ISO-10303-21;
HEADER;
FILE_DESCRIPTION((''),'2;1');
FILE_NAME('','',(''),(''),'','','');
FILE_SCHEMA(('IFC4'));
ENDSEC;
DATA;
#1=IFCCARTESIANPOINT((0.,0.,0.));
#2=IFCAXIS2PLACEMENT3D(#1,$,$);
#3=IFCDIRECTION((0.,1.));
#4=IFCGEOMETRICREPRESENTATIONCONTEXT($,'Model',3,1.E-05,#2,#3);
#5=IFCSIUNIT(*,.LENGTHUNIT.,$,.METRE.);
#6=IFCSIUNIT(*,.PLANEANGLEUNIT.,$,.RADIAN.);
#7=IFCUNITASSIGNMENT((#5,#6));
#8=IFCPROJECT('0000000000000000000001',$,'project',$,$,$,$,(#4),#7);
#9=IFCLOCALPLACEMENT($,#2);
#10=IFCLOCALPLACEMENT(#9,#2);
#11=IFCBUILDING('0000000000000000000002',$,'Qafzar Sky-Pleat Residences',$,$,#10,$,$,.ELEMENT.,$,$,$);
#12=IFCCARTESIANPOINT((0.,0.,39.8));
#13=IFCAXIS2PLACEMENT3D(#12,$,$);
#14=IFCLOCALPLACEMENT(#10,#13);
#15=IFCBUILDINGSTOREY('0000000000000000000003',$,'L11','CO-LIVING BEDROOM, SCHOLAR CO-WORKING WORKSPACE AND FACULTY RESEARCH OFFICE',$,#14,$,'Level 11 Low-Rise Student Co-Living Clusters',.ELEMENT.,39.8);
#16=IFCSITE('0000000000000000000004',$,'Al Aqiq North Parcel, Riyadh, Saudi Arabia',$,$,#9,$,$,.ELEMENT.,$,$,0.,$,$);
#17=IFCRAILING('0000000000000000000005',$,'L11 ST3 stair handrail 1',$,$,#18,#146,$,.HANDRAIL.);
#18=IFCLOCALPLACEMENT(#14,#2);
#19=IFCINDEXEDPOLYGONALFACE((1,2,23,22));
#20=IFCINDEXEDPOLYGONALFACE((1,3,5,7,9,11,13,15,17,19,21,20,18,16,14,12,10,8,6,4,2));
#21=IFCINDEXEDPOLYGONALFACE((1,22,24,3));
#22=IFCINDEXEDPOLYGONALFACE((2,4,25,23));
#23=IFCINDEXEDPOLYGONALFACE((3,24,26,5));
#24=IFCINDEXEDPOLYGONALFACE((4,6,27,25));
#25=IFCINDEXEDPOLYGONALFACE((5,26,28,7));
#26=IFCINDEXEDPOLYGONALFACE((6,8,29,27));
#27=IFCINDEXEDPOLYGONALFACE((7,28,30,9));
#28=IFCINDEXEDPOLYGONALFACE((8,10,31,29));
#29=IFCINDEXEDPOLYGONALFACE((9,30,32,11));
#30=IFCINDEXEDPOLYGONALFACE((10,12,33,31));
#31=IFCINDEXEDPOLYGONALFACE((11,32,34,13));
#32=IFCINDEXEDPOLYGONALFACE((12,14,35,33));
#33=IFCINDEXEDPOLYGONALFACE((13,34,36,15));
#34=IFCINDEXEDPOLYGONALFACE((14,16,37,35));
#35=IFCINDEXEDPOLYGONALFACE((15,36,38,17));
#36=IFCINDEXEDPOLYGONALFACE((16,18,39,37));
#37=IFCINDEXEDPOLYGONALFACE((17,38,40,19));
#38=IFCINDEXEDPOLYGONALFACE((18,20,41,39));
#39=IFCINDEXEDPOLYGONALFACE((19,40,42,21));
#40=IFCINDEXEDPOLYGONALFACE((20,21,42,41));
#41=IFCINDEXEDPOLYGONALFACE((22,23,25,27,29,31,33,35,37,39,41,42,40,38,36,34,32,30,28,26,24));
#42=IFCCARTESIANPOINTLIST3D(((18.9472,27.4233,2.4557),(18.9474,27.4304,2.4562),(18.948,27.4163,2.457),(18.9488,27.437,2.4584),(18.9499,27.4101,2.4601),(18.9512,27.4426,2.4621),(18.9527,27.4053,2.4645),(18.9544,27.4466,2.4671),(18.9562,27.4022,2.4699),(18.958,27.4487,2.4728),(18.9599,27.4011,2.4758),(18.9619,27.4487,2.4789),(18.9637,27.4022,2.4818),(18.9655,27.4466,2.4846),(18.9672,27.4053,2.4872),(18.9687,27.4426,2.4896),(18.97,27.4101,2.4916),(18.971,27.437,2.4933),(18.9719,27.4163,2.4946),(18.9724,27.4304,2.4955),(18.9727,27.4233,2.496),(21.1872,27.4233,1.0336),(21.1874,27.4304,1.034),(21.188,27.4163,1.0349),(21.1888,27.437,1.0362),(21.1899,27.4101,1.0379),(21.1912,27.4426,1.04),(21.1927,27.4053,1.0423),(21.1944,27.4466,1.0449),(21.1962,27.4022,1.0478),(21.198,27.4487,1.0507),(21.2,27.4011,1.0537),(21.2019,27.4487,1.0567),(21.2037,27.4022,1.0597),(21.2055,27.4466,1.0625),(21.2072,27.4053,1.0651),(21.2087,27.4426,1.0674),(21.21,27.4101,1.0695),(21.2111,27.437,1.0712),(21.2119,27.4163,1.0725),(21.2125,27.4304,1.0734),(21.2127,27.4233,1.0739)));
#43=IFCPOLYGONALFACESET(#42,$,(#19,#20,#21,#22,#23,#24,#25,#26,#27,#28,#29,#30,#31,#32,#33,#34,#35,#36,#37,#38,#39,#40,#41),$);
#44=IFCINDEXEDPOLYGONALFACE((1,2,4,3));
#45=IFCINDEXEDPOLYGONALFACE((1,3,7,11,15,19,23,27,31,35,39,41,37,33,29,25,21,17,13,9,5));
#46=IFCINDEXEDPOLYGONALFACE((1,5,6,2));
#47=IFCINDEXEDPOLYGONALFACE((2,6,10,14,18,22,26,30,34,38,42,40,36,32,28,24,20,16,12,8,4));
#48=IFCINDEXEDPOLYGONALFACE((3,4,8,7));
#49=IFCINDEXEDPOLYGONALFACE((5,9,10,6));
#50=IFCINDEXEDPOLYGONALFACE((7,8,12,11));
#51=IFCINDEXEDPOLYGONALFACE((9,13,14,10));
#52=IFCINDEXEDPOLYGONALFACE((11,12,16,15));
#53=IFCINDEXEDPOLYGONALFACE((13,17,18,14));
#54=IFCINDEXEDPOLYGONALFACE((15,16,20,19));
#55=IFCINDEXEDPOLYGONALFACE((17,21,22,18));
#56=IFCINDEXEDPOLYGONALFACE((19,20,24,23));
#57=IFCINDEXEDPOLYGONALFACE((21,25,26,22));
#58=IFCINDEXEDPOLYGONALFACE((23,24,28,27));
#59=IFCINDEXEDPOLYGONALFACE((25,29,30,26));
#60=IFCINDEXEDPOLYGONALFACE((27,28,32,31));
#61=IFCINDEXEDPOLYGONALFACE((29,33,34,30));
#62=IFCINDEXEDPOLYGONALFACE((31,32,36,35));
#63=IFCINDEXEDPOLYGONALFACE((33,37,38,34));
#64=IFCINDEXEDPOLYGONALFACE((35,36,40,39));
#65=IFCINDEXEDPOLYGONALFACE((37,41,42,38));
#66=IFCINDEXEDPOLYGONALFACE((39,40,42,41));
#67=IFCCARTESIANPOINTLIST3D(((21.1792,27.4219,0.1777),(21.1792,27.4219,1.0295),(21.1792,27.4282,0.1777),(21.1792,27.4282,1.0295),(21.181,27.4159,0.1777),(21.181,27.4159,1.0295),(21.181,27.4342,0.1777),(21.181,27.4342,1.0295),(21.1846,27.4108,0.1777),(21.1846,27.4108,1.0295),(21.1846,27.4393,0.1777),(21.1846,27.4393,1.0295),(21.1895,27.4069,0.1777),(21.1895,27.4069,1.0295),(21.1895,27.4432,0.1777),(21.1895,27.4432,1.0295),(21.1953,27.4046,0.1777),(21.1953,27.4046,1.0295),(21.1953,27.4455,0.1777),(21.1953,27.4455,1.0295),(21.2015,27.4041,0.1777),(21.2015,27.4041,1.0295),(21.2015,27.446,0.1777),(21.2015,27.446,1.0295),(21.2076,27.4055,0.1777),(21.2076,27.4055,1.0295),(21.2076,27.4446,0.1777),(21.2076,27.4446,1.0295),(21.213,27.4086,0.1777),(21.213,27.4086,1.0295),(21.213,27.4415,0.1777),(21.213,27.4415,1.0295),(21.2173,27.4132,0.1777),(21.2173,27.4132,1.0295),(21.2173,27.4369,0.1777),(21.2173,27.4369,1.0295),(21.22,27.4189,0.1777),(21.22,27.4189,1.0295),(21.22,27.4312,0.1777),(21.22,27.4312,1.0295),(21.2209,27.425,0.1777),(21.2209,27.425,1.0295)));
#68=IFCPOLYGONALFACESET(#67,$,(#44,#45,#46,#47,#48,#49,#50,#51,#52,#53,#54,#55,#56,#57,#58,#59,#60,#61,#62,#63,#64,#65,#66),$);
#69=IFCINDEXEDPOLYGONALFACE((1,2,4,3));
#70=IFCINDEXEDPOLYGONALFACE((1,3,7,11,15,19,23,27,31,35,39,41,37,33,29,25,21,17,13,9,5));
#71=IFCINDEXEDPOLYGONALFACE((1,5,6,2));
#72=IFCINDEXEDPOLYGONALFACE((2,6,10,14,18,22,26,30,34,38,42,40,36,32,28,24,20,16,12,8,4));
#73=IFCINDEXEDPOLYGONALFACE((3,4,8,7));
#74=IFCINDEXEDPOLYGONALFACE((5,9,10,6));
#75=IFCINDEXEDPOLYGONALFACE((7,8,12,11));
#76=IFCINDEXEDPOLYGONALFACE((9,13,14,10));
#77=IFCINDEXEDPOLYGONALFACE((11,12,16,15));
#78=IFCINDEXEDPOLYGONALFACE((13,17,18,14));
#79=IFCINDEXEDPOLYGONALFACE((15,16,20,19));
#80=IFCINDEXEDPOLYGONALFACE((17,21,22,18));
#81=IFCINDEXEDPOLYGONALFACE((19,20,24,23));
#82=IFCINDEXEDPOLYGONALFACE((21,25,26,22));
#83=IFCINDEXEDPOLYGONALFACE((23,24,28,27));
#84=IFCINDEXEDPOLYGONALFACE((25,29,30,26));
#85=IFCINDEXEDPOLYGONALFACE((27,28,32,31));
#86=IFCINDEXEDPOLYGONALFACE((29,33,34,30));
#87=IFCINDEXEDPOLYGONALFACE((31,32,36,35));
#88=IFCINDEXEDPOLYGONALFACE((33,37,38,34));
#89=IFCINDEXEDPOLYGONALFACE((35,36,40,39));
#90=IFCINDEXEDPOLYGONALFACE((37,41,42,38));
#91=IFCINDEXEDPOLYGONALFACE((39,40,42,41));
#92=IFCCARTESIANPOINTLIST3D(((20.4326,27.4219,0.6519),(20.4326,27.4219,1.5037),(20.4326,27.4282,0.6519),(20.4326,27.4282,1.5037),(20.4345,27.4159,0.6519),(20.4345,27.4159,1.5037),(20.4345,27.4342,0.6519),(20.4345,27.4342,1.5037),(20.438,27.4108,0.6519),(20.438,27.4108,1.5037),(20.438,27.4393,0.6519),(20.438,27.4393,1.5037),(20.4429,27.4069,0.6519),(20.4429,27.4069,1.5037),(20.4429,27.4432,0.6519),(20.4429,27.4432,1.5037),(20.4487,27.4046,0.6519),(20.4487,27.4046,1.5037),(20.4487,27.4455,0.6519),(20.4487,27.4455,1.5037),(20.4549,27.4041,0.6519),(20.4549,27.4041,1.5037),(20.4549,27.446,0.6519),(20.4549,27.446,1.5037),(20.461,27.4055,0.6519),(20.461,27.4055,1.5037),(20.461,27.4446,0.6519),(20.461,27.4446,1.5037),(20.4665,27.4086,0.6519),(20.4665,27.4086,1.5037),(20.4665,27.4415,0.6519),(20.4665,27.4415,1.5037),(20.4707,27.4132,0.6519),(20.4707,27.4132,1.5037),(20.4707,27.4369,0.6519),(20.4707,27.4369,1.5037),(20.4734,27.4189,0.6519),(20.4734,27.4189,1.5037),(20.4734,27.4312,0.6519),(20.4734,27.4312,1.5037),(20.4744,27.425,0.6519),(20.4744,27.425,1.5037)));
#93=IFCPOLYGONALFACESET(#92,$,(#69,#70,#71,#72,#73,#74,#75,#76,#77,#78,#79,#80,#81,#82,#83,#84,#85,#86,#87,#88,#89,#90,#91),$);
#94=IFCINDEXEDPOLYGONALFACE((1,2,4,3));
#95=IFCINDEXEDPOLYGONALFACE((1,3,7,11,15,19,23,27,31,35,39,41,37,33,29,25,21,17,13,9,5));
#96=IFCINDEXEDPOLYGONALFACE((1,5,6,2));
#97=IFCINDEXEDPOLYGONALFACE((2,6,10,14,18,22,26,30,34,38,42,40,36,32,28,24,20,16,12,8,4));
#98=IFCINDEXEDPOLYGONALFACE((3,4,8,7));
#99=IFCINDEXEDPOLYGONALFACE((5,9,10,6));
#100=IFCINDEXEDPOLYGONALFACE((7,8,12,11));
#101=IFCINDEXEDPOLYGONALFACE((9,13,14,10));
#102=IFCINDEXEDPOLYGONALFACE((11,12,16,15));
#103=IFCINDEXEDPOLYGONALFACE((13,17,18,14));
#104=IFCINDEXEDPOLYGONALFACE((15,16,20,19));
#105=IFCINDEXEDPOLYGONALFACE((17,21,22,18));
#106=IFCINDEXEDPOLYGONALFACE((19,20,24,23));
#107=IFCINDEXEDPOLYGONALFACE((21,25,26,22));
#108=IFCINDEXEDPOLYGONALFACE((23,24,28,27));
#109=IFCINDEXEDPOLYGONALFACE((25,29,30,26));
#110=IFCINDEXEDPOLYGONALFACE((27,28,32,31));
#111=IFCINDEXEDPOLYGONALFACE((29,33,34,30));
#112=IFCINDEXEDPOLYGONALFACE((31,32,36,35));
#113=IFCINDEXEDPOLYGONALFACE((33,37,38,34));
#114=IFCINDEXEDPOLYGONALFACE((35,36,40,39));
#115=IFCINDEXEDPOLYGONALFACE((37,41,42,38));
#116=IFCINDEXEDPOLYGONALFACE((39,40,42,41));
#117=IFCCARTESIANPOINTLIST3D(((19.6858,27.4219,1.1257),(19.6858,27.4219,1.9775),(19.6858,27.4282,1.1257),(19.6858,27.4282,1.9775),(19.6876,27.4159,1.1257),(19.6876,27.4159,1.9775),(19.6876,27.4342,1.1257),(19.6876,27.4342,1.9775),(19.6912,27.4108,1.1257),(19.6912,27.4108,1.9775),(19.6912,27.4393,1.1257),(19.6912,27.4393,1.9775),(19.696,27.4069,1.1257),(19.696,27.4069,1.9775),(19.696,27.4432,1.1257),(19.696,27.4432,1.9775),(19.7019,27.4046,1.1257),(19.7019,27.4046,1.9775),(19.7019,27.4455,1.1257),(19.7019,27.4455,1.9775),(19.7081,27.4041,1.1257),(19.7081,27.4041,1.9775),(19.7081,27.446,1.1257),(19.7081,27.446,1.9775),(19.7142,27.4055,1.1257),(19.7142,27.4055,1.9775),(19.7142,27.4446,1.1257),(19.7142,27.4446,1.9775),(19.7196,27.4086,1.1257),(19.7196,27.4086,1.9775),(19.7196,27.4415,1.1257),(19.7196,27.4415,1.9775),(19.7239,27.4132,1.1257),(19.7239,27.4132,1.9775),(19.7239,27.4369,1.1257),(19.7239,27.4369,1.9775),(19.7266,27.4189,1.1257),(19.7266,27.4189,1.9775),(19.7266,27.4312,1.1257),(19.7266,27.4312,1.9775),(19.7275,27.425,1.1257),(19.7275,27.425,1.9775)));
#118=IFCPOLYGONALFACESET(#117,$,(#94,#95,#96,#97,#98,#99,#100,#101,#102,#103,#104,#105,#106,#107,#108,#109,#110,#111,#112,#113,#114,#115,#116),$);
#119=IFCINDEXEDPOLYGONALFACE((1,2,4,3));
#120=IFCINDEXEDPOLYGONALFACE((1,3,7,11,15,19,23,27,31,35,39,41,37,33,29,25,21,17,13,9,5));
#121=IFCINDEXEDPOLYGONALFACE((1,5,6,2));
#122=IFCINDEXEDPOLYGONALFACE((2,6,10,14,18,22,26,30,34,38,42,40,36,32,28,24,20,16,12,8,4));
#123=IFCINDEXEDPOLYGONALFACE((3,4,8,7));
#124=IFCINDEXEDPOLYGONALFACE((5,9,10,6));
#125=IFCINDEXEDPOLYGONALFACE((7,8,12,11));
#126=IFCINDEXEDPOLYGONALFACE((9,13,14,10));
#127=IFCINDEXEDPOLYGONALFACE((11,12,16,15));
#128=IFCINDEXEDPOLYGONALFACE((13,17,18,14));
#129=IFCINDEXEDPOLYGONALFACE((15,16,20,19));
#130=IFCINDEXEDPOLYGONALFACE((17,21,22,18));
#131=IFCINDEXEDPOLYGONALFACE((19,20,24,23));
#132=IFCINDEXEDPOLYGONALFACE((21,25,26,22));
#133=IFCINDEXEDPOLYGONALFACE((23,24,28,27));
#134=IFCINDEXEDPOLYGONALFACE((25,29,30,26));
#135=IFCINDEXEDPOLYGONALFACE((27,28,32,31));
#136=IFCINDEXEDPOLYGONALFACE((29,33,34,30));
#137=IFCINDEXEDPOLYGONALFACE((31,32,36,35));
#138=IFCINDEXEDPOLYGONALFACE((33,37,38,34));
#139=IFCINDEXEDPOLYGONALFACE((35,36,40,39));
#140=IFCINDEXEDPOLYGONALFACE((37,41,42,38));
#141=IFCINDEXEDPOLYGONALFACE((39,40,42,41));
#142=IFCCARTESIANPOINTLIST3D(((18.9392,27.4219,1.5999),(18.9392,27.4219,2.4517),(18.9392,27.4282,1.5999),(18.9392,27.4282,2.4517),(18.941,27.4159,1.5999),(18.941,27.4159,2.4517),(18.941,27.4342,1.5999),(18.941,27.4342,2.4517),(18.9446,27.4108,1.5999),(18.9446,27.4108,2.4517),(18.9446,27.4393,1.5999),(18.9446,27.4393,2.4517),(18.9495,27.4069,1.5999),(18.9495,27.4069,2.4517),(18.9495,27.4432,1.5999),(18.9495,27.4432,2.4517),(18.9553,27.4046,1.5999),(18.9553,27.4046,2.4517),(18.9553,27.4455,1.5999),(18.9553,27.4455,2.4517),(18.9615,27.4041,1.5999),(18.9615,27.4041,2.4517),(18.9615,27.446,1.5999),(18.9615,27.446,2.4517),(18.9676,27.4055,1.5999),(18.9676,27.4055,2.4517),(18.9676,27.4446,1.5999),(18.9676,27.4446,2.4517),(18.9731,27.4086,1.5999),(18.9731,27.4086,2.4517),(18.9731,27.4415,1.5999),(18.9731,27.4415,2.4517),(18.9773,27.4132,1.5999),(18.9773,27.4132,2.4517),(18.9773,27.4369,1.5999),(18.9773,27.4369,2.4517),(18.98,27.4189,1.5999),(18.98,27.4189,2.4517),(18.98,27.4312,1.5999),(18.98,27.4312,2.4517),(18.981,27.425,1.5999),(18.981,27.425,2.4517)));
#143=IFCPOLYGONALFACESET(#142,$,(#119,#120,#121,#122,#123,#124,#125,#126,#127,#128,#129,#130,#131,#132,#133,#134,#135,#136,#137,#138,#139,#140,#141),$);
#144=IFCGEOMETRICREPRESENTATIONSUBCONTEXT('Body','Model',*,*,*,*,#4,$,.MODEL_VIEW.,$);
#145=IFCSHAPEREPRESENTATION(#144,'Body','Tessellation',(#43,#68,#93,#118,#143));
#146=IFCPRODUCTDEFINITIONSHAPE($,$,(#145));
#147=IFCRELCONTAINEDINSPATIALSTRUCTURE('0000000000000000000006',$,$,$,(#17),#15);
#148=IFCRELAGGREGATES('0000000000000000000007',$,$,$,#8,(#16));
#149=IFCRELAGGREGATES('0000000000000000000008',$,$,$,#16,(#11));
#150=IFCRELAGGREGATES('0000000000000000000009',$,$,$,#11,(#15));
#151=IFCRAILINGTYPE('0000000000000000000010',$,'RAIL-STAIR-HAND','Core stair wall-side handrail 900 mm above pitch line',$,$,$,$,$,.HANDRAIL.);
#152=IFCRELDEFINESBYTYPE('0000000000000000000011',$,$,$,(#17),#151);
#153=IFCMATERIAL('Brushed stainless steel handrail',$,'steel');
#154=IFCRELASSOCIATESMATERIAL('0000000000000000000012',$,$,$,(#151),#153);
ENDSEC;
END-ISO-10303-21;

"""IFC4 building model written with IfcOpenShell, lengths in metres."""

from ifc_helpers import new_model, si_unit, direction, frame, origin, origin_2d, place, context, subcontext, project, spatial, circle, extrude, source, transform, mapped, material, type_object, element, save


model = new_model("IFC4")

# Units and contexts
model_context = context("Model", 3, precision=1e-05, world=origin(), true_north=direction((0.0, 1.0)))
body_context = subcontext(model_context, "Body", "Model", "MODEL_VIEW")
ifc_project = project(units=[si_unit("LENGTHUNIT", "METRE"), si_unit("PLANEANGLEUNIT", "RADIAN")], contexts=[model_context])

# Site, building, storey
site_placement = place(None, origin())
site = spatial("IfcSite", under=ifc_project, at=site_placement, Name="Al Aqiq North Parcel, Riyadh, Saudi Arabia", CompositionType="ELEMENT", RefElevation=0.0)
building_placement = place(site_placement, origin())
building = spatial("IfcBuilding", under=site, at=building_placement, Name="Qafzar Sky-Pleat Residences", CompositionType="ELEMENT")
storey_placement = place(building_placement, frame((0.0, 0.0, 39.8)))
storey = spatial("IfcBuildingStorey", under=building, at=storey_placement, Name="L11", Description="CO-LIVING BEDROOM, SCHOLAR CO-WORKING WORKSPACE AND FACULTY RESEARCH OFFICE", LongName="Level 11 Low-Rise Student Co-Living Clusters", CompositionType="ELEMENT", Elevation=39.8)

# Railing
ifc_material_1 = material(Name="Brushed stainless steel handrail", Category="steel")
railing_type_1 = type_object("IfcRailingType", Name="RAIL-STAIR-HAND", Description="Core stair wall-side handrail 900 mm above pitch line", PredefinedType="HANDRAIL", material=ifc_material_1)
shared_shape_1 = source(origin(), body_context, "Body", "SweptSolid", [
    extrude(circle(Radius=0.0239, at=origin_2d()), frame((0.0, 0.0, 0.876), z_axis=(-0.844229, 0.0, 0.535982), x_axis=(0.0, -1.0, 0.0)), (0.0, 0.0, 1.0), 2.6533),
    extrude(circle(Radius=0.021, at=origin_2d()), origin(), (0.0, 0.0, 1.0), 0.8518),
    extrude(circle(Radius=0.021, at=origin_2d()), frame((-0.7466, 0.0, 0.4741)), (0.0, 0.0, 1.0), 0.8518),
    extrude(circle(Radius=0.021, at=origin_2d()), frame((-1.4934, 0.0, 0.948)), (0.0, 0.0, 1.0), 0.8518),
    extrude(circle(Radius=0.021, at=origin_2d()), frame((-2.24, 0.0, 1.4221)), (0.0, 0.0, 1.0), 0.8518),
])
railing_1_placement = place(storey_placement, frame((21.2, 27.425, 0.1777)))
element("IfcRailing", 1, at=railing_1_placement, inside=storey, type_object=railing_type_1, Name="L11 ST3 stair handrail 1", PredefinedType="HANDRAIL", context=body_context, shape_type="MappedRepresentation", body=[
    mapped(shared_shape_1, transform((0.0, 0.0, 0.0), x_axis=(1.0, 0.0, 0.0), y_axis=(0.0, 1.0, 0.0), z_axis=(0.0, 0.0, 1.0), scale=1.0)),
])

save(model, "model.ifc")
